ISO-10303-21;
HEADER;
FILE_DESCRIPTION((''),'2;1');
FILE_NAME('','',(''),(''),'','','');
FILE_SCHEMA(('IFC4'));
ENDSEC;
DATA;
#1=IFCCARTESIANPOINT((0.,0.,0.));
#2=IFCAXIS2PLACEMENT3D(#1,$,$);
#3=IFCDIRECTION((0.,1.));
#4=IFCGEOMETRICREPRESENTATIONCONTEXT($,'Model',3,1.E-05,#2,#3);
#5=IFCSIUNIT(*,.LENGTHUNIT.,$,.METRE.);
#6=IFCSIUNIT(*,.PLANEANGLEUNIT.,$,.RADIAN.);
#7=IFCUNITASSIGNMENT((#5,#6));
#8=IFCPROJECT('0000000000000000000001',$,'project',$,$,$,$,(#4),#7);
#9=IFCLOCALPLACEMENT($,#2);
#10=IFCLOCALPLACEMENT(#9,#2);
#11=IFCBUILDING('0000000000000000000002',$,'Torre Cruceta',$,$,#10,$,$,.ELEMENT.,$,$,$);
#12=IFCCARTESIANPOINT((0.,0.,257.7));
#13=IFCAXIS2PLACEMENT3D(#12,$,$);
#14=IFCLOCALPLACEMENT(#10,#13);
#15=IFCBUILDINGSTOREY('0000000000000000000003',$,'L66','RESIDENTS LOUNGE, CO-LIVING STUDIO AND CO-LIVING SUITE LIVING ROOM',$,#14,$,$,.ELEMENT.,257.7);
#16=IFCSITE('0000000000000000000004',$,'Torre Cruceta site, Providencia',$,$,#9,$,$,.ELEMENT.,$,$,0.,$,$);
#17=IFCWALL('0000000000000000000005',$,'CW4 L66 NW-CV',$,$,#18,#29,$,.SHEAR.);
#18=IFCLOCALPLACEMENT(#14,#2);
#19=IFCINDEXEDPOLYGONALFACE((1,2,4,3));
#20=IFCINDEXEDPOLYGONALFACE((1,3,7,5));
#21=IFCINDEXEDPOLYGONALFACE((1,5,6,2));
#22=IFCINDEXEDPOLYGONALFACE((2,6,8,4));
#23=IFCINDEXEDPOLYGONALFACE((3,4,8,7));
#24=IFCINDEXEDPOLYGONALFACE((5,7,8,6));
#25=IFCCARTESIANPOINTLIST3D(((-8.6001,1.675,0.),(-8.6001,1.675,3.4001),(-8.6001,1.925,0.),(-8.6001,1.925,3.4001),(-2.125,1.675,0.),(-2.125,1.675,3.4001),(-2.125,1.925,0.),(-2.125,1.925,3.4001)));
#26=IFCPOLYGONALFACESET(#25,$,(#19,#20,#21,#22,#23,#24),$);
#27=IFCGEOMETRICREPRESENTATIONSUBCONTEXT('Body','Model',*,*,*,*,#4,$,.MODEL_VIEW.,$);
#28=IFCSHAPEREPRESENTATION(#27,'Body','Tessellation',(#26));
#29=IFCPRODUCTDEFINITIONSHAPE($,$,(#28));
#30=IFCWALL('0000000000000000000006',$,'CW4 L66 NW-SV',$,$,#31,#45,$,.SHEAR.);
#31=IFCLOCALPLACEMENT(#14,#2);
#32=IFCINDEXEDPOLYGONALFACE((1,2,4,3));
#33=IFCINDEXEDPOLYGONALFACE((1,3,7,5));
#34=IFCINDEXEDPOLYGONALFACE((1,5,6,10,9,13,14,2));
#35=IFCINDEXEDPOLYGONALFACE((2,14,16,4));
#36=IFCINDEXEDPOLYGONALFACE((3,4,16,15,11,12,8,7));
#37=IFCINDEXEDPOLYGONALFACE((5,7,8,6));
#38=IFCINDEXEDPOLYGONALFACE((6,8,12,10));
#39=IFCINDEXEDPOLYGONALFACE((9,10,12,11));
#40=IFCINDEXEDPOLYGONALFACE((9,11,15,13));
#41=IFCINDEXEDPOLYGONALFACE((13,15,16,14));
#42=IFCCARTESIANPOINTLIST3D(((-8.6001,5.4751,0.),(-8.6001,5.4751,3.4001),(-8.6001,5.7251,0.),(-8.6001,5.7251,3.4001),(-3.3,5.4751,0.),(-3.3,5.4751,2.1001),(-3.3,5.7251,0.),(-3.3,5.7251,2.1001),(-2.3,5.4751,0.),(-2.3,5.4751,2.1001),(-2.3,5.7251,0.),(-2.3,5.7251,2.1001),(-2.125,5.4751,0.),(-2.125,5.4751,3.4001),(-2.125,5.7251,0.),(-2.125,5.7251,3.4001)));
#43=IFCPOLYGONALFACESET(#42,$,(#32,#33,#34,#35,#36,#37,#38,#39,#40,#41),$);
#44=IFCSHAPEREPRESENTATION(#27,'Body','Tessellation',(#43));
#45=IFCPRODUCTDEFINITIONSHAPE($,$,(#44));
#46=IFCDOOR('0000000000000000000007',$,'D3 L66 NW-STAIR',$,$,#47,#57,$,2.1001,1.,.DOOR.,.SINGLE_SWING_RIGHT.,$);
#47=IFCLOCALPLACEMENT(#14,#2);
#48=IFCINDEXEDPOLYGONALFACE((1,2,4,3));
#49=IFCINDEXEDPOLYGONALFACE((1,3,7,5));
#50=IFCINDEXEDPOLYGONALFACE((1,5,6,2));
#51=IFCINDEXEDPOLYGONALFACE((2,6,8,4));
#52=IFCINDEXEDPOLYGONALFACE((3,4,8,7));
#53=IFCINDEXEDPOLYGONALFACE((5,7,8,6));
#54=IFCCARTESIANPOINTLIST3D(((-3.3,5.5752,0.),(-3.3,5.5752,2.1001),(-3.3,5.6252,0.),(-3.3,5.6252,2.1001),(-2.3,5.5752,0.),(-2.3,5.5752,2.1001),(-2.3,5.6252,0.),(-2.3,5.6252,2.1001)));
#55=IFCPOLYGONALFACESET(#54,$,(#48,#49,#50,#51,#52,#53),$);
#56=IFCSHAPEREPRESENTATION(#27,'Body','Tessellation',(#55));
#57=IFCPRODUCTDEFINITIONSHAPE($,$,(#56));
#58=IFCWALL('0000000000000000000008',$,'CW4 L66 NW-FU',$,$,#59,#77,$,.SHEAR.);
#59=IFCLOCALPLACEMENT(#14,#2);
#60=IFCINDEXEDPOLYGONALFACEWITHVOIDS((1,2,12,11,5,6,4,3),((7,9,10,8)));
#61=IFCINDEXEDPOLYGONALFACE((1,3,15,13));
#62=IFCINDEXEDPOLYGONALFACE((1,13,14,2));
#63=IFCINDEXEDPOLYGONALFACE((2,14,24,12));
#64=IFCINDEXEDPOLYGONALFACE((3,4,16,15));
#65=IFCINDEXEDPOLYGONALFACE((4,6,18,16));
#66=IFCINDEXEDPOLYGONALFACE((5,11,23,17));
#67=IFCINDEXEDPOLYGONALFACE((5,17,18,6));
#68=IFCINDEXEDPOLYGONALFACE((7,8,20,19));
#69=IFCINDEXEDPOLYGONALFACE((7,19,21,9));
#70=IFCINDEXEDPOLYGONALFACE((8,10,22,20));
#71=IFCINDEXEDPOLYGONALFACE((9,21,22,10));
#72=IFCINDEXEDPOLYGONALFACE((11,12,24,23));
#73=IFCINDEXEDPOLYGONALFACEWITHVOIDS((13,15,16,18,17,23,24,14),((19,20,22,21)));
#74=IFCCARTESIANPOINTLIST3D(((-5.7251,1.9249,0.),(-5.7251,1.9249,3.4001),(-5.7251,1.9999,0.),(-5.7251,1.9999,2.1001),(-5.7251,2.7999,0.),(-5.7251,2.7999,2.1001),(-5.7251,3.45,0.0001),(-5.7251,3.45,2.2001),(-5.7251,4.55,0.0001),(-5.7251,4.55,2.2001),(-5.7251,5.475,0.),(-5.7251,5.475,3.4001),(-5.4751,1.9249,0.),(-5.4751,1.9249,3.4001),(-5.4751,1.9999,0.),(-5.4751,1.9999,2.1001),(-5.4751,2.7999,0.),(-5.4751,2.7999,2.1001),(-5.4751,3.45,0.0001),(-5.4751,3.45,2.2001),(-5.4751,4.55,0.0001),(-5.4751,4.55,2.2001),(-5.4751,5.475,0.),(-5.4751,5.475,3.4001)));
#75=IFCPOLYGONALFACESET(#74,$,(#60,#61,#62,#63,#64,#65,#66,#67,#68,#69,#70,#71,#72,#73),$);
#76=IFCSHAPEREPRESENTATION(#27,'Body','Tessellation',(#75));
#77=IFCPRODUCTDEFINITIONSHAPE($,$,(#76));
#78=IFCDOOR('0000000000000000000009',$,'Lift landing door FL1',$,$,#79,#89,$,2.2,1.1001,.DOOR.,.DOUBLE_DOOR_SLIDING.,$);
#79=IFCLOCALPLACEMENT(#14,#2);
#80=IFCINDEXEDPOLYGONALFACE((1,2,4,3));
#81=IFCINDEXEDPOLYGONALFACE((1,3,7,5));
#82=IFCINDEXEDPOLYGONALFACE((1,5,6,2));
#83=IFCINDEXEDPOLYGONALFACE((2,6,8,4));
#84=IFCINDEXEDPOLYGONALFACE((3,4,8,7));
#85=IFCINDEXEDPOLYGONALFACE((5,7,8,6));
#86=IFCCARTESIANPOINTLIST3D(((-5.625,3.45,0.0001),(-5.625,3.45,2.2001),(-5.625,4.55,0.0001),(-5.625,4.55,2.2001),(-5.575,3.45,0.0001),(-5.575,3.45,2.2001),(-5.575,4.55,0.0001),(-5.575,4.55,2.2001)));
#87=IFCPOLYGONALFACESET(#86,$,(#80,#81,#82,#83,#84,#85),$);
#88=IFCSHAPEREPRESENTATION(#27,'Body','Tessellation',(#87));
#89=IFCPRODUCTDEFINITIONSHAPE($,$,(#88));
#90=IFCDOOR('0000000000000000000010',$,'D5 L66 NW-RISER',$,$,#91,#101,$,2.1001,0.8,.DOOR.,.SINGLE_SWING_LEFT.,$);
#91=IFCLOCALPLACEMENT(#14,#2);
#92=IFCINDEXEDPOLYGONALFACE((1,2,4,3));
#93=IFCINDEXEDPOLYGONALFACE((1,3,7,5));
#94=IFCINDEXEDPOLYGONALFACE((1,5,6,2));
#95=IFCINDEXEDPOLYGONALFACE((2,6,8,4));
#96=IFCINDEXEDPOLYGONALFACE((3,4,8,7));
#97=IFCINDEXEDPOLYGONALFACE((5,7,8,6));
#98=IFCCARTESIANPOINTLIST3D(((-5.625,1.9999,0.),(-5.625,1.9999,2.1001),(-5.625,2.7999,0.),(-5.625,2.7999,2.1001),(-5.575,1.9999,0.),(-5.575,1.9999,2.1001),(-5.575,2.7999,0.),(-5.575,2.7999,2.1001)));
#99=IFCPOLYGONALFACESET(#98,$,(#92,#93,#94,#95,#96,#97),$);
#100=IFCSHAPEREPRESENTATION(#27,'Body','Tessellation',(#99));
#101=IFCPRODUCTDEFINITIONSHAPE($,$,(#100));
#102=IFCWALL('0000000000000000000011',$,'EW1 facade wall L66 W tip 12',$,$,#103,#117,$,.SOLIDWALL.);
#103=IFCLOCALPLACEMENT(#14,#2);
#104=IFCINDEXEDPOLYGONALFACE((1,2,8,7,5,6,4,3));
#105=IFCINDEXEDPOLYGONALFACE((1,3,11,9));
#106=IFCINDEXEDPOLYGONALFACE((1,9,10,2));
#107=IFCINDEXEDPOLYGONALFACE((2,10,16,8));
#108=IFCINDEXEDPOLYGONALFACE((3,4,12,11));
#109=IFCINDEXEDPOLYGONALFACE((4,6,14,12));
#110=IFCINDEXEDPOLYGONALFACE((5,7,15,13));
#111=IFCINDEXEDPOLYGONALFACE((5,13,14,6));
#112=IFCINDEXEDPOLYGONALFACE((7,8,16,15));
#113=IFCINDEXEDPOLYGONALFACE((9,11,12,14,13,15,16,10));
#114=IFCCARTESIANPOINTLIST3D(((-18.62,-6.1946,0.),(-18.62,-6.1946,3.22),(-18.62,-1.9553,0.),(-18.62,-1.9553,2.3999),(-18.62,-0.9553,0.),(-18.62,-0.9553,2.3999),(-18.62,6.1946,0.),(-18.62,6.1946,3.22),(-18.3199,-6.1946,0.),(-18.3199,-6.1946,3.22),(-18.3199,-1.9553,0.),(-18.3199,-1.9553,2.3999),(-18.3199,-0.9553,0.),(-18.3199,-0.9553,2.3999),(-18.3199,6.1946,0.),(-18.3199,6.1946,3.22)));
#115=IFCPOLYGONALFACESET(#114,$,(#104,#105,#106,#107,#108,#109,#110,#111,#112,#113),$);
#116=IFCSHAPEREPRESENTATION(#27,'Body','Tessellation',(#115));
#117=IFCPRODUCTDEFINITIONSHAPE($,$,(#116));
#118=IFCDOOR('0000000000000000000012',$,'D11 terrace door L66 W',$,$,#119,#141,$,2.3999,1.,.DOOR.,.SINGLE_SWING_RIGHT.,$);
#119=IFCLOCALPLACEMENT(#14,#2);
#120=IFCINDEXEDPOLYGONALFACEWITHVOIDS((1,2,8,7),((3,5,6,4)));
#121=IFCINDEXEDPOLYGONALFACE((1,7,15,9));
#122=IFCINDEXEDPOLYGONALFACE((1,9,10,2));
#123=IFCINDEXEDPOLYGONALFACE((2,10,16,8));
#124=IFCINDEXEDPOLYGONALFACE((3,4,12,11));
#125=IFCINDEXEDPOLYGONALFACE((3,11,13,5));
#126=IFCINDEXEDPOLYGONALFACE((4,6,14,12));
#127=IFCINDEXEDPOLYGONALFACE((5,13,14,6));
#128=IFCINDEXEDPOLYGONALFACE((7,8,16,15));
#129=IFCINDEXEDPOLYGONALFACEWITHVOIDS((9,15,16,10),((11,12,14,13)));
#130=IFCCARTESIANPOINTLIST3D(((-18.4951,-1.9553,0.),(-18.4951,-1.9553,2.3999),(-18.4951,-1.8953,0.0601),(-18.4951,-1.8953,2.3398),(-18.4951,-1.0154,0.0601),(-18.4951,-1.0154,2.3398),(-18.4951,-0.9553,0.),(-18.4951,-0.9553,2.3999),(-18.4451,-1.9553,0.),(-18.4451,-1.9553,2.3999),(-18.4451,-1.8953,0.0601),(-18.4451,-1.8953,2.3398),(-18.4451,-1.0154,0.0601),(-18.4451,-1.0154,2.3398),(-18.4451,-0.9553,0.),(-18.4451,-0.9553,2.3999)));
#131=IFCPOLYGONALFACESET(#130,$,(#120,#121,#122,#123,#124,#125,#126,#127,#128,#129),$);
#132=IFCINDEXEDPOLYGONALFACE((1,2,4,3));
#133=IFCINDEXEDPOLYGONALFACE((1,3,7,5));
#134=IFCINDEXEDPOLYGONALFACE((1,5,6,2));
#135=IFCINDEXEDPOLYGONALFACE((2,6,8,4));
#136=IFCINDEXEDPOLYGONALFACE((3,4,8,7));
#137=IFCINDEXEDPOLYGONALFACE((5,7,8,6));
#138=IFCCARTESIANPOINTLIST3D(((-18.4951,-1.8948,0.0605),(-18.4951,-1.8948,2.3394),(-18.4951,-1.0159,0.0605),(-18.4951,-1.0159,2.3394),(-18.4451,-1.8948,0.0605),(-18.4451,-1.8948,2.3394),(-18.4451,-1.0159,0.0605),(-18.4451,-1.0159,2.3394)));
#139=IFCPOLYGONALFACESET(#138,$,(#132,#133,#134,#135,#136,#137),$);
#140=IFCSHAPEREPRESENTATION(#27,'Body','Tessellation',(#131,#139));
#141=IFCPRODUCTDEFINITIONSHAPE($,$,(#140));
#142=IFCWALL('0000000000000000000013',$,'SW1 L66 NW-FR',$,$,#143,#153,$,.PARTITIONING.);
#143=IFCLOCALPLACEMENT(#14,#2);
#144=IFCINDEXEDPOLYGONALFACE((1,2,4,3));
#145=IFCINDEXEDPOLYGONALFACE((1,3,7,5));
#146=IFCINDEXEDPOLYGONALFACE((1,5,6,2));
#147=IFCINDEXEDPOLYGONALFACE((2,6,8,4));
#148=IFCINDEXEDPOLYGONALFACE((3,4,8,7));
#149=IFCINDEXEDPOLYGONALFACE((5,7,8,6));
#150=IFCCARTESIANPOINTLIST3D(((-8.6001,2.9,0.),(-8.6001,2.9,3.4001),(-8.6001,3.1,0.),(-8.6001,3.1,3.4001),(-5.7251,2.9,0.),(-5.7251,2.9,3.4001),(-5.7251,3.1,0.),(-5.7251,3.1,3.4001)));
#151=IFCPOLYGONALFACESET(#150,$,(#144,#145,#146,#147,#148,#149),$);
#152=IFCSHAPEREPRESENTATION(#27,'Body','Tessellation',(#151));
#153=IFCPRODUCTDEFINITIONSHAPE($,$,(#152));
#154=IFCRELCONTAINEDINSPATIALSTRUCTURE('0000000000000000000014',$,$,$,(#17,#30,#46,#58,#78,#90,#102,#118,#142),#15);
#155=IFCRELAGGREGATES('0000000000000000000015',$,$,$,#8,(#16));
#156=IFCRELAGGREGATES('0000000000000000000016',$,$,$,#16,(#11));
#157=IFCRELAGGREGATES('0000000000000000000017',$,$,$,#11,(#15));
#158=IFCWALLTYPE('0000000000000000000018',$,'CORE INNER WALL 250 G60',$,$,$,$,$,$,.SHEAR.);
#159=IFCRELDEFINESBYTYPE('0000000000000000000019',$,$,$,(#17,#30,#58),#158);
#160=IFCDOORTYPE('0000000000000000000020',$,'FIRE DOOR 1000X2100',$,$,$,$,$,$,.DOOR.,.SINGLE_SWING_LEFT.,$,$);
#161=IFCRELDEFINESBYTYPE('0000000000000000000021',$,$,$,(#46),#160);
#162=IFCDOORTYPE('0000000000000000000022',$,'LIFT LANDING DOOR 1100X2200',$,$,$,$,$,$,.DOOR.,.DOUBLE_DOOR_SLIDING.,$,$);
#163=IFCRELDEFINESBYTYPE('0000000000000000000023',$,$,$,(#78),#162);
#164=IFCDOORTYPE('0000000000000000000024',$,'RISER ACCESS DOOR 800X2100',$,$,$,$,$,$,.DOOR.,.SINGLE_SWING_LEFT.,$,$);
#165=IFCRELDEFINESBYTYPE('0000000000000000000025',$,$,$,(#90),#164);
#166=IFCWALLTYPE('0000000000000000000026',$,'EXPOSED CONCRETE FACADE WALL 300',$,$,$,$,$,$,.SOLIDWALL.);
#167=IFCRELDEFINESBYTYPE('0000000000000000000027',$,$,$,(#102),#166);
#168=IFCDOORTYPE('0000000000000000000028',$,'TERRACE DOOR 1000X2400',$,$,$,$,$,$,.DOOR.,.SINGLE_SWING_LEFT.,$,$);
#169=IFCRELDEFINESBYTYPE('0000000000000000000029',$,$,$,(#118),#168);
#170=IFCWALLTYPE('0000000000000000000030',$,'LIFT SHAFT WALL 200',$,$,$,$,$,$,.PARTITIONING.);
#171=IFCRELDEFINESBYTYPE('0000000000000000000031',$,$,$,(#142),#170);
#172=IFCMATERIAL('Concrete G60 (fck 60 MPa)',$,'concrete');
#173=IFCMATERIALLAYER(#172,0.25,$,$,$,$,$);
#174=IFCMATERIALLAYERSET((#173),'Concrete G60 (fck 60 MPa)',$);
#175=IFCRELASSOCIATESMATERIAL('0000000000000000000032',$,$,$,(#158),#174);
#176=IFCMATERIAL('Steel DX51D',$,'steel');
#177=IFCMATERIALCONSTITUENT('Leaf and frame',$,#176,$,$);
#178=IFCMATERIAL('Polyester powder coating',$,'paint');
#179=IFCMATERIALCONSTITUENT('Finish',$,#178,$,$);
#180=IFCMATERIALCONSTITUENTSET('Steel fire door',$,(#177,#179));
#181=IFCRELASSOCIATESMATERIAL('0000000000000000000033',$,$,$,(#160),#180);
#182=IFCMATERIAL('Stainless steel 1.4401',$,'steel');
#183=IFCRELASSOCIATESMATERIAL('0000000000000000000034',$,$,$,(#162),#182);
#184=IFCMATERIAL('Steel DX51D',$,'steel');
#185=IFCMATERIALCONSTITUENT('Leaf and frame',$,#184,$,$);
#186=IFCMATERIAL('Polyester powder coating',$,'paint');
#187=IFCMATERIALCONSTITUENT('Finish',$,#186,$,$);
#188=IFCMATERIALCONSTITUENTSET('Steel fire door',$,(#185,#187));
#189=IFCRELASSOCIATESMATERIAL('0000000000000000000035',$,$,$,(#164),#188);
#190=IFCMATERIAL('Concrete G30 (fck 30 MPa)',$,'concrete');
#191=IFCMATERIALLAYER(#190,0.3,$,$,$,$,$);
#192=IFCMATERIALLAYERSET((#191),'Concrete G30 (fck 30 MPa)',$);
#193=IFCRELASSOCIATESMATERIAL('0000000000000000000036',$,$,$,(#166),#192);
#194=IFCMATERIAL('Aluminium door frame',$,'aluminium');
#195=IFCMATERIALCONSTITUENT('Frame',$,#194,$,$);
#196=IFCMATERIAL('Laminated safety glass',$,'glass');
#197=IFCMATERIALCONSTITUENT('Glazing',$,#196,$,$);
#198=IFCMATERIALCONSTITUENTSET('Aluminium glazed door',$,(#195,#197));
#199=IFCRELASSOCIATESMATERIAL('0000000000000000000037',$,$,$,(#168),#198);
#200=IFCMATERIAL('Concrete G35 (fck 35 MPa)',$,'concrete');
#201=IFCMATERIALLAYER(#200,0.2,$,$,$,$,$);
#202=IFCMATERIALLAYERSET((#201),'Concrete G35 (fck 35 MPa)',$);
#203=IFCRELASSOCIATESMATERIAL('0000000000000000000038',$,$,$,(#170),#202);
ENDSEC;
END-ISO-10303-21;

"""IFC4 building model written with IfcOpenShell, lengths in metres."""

from ifc_helpers import new_model, si_unit, direction, frame, frame_2d, origin, place, context, subcontext, project, spatial, rectangle, hollow_rectangle, extrude, material, layer, layer_set, constituent, constituent_set, type_object, element, fill, save


model = new_model("IFC4")

# Units and contexts
model_context = context("Model", 3, precision=1e-05, world=origin(), true_north=direction((0.0, 1.0)))
body_context = subcontext(model_context, "Body", "Model", "MODEL_VIEW")
ifc_project = project(units=[si_unit("LENGTHUNIT", "METRE"), si_unit("PLANEANGLEUNIT", "RADIAN")], contexts=[model_context])

# Site, building, storey
site_placement = place(None, origin())
site = spatial("IfcSite", under=ifc_project, at=site_placement, Name="Torre Cruceta site, Providencia", CompositionType="ELEMENT", RefElevation=0.0)
building_placement = place(site_placement, origin())
building = spatial("IfcBuilding", under=site, at=building_placement, Name="Torre Cruceta", CompositionType="ELEMENT")
storey_placement = place(building_placement, frame((0.0, 0.0, 257.7)))
storey = spatial("IfcBuildingStorey", under=building, at=storey_placement, Name="L66", Description="RESIDENTS LOUNGE, CO-LIVING STUDIO AND CO-LIVING SUITE LIVING ROOM", CompositionType="ELEMENT", Elevation=257.7)

# Shared definitions
ifc_material_1 = material(Name="Concrete G60 (fck 60 MPa)", Category="concrete")
ifc_layer_1 = layer(ifc_material_1, 0.25)
ifc_layer_set_1 = layer_set([ifc_layer_1], Name="Concrete G60 (fck 60 MPa)")
wall_type_1 = type_object("IfcWallType", Name="CORE INNER WALL 250 G60", PredefinedType="SHEAR", material=ifc_layer_set_1)
ifc_material_2 = material(Name="Steel DX51D", Category="steel")
ifc_constituent_1 = constituent(ifc_material_2, Name="Leaf and frame")
ifc_material_3 = material(Name="Polyester powder coating", Category="paint")
ifc_constituent_2 = constituent(ifc_material_3, Name="Finish")
ifc_constituent_set_1 = constituent_set(constituents=[ifc_constituent_1, ifc_constituent_2], Name="Steel fire door")
door_type_1 = type_object("IfcDoorType", Name="FIRE DOOR 1000X2100", OperationType="SINGLE_SWING_LEFT", PredefinedType="DOOR", material=ifc_constituent_set_1)

# Wall
wall_1_placement = place(storey_placement, frame((-2.125, 1.8, 0.0), z_axis=(0.0, 0.0, 1.0), x_axis=(-1.0, 0.0, 0.0)))
element("IfcWall", 1, at=wall_1_placement, inside=storey, type_object=wall_type_1, Name="CW4 L66 NW-CV", PredefinedType="SHEAR", context=body_context, shape_type="SweptSolid", body=[
    extrude(rectangle(XDim=6.4751, YDim=0.25, at=frame_2d((3.2375, 0.0))), origin(), (0.0, 0.0, 1.0), 3.4001),
])

# Wall, opening, door
wall_2_placement = place(storey_placement, frame((-2.125, 5.6001, 0.0), z_axis=(0.0, 0.0, 1.0), x_axis=(-1.0, 0.0, 0.0)))
wall_2 = element("IfcWall", 2, at=wall_2_placement, inside=storey, type_object=wall_type_1, Name="CW4 L66 NW-SV", PredefinedType="SHEAR", context=body_context, shape_type="SweptSolid", body=[
    extrude(rectangle(XDim=6.4751, YDim=0.25, at=frame_2d((3.2375, 0.0))), origin(), (0.0, 0.0, 1.0), 3.4001),
])
opening_1_placement = place(wall_2_placement, frame((0.175, 0.0, 0.0)))
opening_1 = element("IfcOpeningElement", 3, at=opening_1_placement, cuts=wall_2, PredefinedType="OPENING", context=body_context, shape_type="SweptSolid", body=[
    extrude(rectangle(XDim=1.0, YDim=2.1001, at=frame_2d((0.5, 1.05))), frame((0.0, 0.135, 0.0), z_axis=(0.0, -1.0, 0.0), x_axis=(1.0, 0.0, 0.0)), (0.0, 0.0, 1.0), 0.27),
])
door_1_placement = place(opening_1_placement, frame((1.0, 0.0, 0.0), z_axis=(0.0, 0.0, 1.0), x_axis=(-1.0, 0.0, 0.0)))
door_1 = element("IfcDoor", 4, at=door_1_placement, inside=storey, type_object=door_type_1, Name="D3 L66 NW-STAIR", OperationType="SINGLE_SWING_RIGHT", OverallHeight=2.1001, OverallWidth=1.0, PredefinedType="DOOR", context=body_context, shape_type="SweptSolid", body=[
    extrude(rectangle(XDim=1.0, YDim=2.1001, at=frame_2d((0.5, 1.05))), frame((0.0, 0.0251, 0.0), z_axis=(0.0, -1.0, 0.0), x_axis=(1.0, 0.0, 0.0)), (0.0, 0.0, 1.0), 0.05),
])
fill(opening_1, door_1)

# Wall, openings, doors
wall_3_placement = place(storey_placement, frame((-5.6001, 1.925, 0.0), z_axis=(0.0, 0.0, 1.0), x_axis=(0.0, 1.0, 0.0)))
wall_3 = element("IfcWall", 5, at=wall_3_placement, inside=storey, type_object=wall_type_1, Name="CW4 L66 NW-FU", PredefinedType="SHEAR", context=body_context, shape_type="SweptSolid", body=[
    extrude(rectangle(XDim=3.55, YDim=0.25, at=frame_2d((1.7749, 0.0))), origin(), (0.0, 0.0, 1.0), 3.4001),
])
opening_2_placement = place(wall_3_placement, frame((1.5249, 0.0, 0.0)))
opening_2 = element("IfcOpeningElement", 6, at=opening_2_placement, cuts=wall_3, PredefinedType="OPENING", context=body_context, shape_type="SweptSolid", body=[
    extrude(rectangle(XDim=1.1001, YDim=2.2, at=frame_2d((0.55, 1.1001))), frame((0.0, 0.135, 0.0), z_axis=(0.0, -1.0, 0.0), x_axis=(1.0, 0.0, 0.0)), (0.0, 0.0, 1.0), 0.27),
])
opening_3_placement = place(wall_3_placement, frame((0.075, 0.0, 0.0)))
opening_3 = element("IfcOpeningElement", 7, at=opening_3_placement, cuts=wall_3, PredefinedType="OPENING", context=body_context, shape_type="SweptSolid", body=[
    extrude(rectangle(XDim=0.8, YDim=2.1001, at=frame_2d((0.3999, 1.05))), frame((0.0, 0.135, 0.0), z_axis=(0.0, -1.0, 0.0), x_axis=(1.0, 0.0, 0.0)), (0.0, 0.0, 1.0), 0.27),
])
ifc_material_4 = material(Name="Stainless steel 1.4401", Category="steel")
door_type_2 = type_object("IfcDoorType", Name="LIFT LANDING DOOR 1100X2200", OperationType="DOUBLE_DOOR_SLIDING", PredefinedType="DOOR", material=ifc_material_4)
door_2_placement = place(opening_2_placement, origin())
door_2 = element("IfcDoor", 8, at=door_2_placement, inside=storey, type_object=door_type_2, Name="Lift landing door FL1", OperationType="DOUBLE_DOOR_SLIDING", OverallHeight=2.2, OverallWidth=1.1001, PredefinedType="DOOR", context=body_context, shape_type="SweptSolid", body=[
    extrude(rectangle(XDim=1.1001, YDim=2.2, at=frame_2d((0.55, 1.1001))), frame((0.0, 0.0249, 0.0), z_axis=(0.0, -1.0, 0.0), x_axis=(1.0, 0.0, 0.0)), (0.0, 0.0, 1.0), 0.05),
])
fill(opening_2, door_2)
ifc_material_5 = material(Name="Steel DX51D", Category="steel")
ifc_constituent_3 = constituent(ifc_material_5, Name="Leaf and frame")
ifc_material_6 = material(Name="Polyester powder coating", Category="paint")
ifc_constituent_4 = constituent(ifc_material_6, Name="Finish")
ifc_constituent_set_2 = constituent_set(constituents=[ifc_constituent_3, ifc_constituent_4], Name="Steel fire door")
door_type_3 = type_object("IfcDoorType", Name="RISER ACCESS DOOR 800X2100", OperationType="SINGLE_SWING_LEFT", PredefinedType="DOOR", material=ifc_constituent_set_2)
door_3_placement = place(opening_3_placement, origin())
door_3 = element("IfcDoor", 9, at=door_3_placement, inside=storey, type_object=door_type_3, Name="D5 L66 NW-RISER", OperationType="SINGLE_SWING_LEFT", OverallHeight=2.1001, OverallWidth=0.8, PredefinedType="DOOR", context=body_context, shape_type="SweptSolid", body=[
    extrude(rectangle(XDim=0.8, YDim=2.1001, at=frame_2d((0.3999, 1.05))), frame((0.0, 0.0249, 0.0), z_axis=(0.0, -1.0, 0.0), x_axis=(1.0, 0.0, 0.0)), (0.0, 0.0, 1.0), 0.05),
])
fill(opening_3, door_3)

# Wall, opening, door
ifc_material_7 = material(Name="Concrete G30 (fck 30 MPa)", Category="concrete")
ifc_layer_2 = layer(ifc_material_7, 0.3)
ifc_layer_set_2 = layer_set([ifc_layer_2], Name="Concrete G30 (fck 30 MPa)")
wall_type_2 = type_object("IfcWallType", Name="EXPOSED CONCRETE FACADE WALL 300", PredefinedType="SOLIDWALL", material=ifc_layer_set_2)
wall_4_placement = place(storey_placement, frame((-18.47, 6.1946, 0.0), z_axis=(0.0, 0.0, 1.0), x_axis=(0.0, -1.0, 0.0)))
wall_4 = element("IfcWall", 10, at=wall_4_placement, inside=storey, type_object=wall_type_2, Name="EW1 facade wall L66 W tip 12", PredefinedType="SOLIDWALL", context=body_context, shape_type="SweptSolid", body=[
    extrude(rectangle(XDim=12.3892, YDim=0.3, at=frame_2d((6.1946, 0.0))), origin(), (0.0, 0.0, 1.0), 3.22),
])
opening_4_placement = place(wall_4_placement, frame((7.1499, 0.0, 0.0)))
opening_4 = element("IfcOpeningElement", 11, at=opening_4_placement, cuts=wall_4, PredefinedType="OPENING", context=body_context, shape_type="SweptSolid", body=[
    extrude(rectangle(XDim=1.0, YDim=2.3999, at=frame_2d((0.5, 1.2))), frame((0.0, 0.1599, 0.0), z_axis=(0.0, -1.0, 0.0), x_axis=(1.0, 0.0, 0.0)), (0.0, 0.0, 1.0), 0.3201),
])
ifc_material_8 = material(Name="Aluminium door frame", Category="aluminium")
ifc_constituent_5 = constituent(ifc_material_8, Name="Frame")
ifc_material_9 = material(Name="Laminated safety glass", Category="glass")
ifc_constituent_6 = constituent(ifc_material_9, Name="Glazing")
ifc_constituent_set_3 = constituent_set(constituents=[ifc_constituent_5, ifc_constituent_6], Name="Aluminium glazed door")
door_type_4 = type_object("IfcDoorType", Name="TERRACE DOOR 1000X2400", OperationType="SINGLE_SWING_LEFT", PredefinedType="DOOR", material=ifc_constituent_set_3)
door_4_placement = place(opening_4_placement, origin())
door_4 = element("IfcDoor", 12, at=door_4_placement, inside=storey, type_object=door_type_4, Name="D11 terrace door L66 W", OperationType="SINGLE_SWING_RIGHT", OverallHeight=2.3999, OverallWidth=1.0, PredefinedType="DOOR", context=body_context, shape_type="SweptSolid", body=[
    extrude(hollow_rectangle(XDim=1.0, YDim=2.3999, WallThickness=0.0601, at=frame_2d((0.5, 1.2))), frame((0.0, 0.0249, 0.0), z_axis=(0.0, -1.0, 0.0), x_axis=(1.0, 0.0, 0.0)), (0.0, 0.0, 1.0), 0.05),
    extrude(rectangle(XDim=0.8789, YDim=2.2788, at=frame_2d((0.5, 1.2))), frame((0.0, 0.0249, 0.0), z_axis=(0.0, -1.0, 0.0), x_axis=(1.0, 0.0, 0.0)), (0.0, 0.0, 1.0), 0.05),
])
fill(opening_4, door_4)

# Wall
ifc_material_10 = material(Name="Concrete G35 (fck 35 MPa)", Category="concrete")
ifc_layer_3 = layer(ifc_material_10, 0.2)
ifc_layer_set_3 = layer_set([ifc_layer_3], Name="Concrete G35 (fck 35 MPa)")
wall_type_3 = type_object("IfcWallType", Name="LIFT SHAFT WALL 200", PredefinedType="PARTITIONING", material=ifc_layer_set_3)
wall_5_placement = place(storey_placement, frame((-5.7251, 3.0, 0.0), z_axis=(0.0, 0.0, 1.0), x_axis=(-1.0, 0.0, 0.0)))
element("IfcWall", 13, at=wall_5_placement, inside=storey, type_object=wall_type_3, Name="SW1 L66 NW-FR", PredefinedType="PARTITIONING", context=body_context, shape_type="SweptSolid", body=[
    extrude(rectangle(XDim=2.875, YDim=0.2, at=frame_2d((1.4375, 0.0))), origin(), (0.0, 0.0, 1.0), 3.4001),
])

save(model, "model.ifc")
